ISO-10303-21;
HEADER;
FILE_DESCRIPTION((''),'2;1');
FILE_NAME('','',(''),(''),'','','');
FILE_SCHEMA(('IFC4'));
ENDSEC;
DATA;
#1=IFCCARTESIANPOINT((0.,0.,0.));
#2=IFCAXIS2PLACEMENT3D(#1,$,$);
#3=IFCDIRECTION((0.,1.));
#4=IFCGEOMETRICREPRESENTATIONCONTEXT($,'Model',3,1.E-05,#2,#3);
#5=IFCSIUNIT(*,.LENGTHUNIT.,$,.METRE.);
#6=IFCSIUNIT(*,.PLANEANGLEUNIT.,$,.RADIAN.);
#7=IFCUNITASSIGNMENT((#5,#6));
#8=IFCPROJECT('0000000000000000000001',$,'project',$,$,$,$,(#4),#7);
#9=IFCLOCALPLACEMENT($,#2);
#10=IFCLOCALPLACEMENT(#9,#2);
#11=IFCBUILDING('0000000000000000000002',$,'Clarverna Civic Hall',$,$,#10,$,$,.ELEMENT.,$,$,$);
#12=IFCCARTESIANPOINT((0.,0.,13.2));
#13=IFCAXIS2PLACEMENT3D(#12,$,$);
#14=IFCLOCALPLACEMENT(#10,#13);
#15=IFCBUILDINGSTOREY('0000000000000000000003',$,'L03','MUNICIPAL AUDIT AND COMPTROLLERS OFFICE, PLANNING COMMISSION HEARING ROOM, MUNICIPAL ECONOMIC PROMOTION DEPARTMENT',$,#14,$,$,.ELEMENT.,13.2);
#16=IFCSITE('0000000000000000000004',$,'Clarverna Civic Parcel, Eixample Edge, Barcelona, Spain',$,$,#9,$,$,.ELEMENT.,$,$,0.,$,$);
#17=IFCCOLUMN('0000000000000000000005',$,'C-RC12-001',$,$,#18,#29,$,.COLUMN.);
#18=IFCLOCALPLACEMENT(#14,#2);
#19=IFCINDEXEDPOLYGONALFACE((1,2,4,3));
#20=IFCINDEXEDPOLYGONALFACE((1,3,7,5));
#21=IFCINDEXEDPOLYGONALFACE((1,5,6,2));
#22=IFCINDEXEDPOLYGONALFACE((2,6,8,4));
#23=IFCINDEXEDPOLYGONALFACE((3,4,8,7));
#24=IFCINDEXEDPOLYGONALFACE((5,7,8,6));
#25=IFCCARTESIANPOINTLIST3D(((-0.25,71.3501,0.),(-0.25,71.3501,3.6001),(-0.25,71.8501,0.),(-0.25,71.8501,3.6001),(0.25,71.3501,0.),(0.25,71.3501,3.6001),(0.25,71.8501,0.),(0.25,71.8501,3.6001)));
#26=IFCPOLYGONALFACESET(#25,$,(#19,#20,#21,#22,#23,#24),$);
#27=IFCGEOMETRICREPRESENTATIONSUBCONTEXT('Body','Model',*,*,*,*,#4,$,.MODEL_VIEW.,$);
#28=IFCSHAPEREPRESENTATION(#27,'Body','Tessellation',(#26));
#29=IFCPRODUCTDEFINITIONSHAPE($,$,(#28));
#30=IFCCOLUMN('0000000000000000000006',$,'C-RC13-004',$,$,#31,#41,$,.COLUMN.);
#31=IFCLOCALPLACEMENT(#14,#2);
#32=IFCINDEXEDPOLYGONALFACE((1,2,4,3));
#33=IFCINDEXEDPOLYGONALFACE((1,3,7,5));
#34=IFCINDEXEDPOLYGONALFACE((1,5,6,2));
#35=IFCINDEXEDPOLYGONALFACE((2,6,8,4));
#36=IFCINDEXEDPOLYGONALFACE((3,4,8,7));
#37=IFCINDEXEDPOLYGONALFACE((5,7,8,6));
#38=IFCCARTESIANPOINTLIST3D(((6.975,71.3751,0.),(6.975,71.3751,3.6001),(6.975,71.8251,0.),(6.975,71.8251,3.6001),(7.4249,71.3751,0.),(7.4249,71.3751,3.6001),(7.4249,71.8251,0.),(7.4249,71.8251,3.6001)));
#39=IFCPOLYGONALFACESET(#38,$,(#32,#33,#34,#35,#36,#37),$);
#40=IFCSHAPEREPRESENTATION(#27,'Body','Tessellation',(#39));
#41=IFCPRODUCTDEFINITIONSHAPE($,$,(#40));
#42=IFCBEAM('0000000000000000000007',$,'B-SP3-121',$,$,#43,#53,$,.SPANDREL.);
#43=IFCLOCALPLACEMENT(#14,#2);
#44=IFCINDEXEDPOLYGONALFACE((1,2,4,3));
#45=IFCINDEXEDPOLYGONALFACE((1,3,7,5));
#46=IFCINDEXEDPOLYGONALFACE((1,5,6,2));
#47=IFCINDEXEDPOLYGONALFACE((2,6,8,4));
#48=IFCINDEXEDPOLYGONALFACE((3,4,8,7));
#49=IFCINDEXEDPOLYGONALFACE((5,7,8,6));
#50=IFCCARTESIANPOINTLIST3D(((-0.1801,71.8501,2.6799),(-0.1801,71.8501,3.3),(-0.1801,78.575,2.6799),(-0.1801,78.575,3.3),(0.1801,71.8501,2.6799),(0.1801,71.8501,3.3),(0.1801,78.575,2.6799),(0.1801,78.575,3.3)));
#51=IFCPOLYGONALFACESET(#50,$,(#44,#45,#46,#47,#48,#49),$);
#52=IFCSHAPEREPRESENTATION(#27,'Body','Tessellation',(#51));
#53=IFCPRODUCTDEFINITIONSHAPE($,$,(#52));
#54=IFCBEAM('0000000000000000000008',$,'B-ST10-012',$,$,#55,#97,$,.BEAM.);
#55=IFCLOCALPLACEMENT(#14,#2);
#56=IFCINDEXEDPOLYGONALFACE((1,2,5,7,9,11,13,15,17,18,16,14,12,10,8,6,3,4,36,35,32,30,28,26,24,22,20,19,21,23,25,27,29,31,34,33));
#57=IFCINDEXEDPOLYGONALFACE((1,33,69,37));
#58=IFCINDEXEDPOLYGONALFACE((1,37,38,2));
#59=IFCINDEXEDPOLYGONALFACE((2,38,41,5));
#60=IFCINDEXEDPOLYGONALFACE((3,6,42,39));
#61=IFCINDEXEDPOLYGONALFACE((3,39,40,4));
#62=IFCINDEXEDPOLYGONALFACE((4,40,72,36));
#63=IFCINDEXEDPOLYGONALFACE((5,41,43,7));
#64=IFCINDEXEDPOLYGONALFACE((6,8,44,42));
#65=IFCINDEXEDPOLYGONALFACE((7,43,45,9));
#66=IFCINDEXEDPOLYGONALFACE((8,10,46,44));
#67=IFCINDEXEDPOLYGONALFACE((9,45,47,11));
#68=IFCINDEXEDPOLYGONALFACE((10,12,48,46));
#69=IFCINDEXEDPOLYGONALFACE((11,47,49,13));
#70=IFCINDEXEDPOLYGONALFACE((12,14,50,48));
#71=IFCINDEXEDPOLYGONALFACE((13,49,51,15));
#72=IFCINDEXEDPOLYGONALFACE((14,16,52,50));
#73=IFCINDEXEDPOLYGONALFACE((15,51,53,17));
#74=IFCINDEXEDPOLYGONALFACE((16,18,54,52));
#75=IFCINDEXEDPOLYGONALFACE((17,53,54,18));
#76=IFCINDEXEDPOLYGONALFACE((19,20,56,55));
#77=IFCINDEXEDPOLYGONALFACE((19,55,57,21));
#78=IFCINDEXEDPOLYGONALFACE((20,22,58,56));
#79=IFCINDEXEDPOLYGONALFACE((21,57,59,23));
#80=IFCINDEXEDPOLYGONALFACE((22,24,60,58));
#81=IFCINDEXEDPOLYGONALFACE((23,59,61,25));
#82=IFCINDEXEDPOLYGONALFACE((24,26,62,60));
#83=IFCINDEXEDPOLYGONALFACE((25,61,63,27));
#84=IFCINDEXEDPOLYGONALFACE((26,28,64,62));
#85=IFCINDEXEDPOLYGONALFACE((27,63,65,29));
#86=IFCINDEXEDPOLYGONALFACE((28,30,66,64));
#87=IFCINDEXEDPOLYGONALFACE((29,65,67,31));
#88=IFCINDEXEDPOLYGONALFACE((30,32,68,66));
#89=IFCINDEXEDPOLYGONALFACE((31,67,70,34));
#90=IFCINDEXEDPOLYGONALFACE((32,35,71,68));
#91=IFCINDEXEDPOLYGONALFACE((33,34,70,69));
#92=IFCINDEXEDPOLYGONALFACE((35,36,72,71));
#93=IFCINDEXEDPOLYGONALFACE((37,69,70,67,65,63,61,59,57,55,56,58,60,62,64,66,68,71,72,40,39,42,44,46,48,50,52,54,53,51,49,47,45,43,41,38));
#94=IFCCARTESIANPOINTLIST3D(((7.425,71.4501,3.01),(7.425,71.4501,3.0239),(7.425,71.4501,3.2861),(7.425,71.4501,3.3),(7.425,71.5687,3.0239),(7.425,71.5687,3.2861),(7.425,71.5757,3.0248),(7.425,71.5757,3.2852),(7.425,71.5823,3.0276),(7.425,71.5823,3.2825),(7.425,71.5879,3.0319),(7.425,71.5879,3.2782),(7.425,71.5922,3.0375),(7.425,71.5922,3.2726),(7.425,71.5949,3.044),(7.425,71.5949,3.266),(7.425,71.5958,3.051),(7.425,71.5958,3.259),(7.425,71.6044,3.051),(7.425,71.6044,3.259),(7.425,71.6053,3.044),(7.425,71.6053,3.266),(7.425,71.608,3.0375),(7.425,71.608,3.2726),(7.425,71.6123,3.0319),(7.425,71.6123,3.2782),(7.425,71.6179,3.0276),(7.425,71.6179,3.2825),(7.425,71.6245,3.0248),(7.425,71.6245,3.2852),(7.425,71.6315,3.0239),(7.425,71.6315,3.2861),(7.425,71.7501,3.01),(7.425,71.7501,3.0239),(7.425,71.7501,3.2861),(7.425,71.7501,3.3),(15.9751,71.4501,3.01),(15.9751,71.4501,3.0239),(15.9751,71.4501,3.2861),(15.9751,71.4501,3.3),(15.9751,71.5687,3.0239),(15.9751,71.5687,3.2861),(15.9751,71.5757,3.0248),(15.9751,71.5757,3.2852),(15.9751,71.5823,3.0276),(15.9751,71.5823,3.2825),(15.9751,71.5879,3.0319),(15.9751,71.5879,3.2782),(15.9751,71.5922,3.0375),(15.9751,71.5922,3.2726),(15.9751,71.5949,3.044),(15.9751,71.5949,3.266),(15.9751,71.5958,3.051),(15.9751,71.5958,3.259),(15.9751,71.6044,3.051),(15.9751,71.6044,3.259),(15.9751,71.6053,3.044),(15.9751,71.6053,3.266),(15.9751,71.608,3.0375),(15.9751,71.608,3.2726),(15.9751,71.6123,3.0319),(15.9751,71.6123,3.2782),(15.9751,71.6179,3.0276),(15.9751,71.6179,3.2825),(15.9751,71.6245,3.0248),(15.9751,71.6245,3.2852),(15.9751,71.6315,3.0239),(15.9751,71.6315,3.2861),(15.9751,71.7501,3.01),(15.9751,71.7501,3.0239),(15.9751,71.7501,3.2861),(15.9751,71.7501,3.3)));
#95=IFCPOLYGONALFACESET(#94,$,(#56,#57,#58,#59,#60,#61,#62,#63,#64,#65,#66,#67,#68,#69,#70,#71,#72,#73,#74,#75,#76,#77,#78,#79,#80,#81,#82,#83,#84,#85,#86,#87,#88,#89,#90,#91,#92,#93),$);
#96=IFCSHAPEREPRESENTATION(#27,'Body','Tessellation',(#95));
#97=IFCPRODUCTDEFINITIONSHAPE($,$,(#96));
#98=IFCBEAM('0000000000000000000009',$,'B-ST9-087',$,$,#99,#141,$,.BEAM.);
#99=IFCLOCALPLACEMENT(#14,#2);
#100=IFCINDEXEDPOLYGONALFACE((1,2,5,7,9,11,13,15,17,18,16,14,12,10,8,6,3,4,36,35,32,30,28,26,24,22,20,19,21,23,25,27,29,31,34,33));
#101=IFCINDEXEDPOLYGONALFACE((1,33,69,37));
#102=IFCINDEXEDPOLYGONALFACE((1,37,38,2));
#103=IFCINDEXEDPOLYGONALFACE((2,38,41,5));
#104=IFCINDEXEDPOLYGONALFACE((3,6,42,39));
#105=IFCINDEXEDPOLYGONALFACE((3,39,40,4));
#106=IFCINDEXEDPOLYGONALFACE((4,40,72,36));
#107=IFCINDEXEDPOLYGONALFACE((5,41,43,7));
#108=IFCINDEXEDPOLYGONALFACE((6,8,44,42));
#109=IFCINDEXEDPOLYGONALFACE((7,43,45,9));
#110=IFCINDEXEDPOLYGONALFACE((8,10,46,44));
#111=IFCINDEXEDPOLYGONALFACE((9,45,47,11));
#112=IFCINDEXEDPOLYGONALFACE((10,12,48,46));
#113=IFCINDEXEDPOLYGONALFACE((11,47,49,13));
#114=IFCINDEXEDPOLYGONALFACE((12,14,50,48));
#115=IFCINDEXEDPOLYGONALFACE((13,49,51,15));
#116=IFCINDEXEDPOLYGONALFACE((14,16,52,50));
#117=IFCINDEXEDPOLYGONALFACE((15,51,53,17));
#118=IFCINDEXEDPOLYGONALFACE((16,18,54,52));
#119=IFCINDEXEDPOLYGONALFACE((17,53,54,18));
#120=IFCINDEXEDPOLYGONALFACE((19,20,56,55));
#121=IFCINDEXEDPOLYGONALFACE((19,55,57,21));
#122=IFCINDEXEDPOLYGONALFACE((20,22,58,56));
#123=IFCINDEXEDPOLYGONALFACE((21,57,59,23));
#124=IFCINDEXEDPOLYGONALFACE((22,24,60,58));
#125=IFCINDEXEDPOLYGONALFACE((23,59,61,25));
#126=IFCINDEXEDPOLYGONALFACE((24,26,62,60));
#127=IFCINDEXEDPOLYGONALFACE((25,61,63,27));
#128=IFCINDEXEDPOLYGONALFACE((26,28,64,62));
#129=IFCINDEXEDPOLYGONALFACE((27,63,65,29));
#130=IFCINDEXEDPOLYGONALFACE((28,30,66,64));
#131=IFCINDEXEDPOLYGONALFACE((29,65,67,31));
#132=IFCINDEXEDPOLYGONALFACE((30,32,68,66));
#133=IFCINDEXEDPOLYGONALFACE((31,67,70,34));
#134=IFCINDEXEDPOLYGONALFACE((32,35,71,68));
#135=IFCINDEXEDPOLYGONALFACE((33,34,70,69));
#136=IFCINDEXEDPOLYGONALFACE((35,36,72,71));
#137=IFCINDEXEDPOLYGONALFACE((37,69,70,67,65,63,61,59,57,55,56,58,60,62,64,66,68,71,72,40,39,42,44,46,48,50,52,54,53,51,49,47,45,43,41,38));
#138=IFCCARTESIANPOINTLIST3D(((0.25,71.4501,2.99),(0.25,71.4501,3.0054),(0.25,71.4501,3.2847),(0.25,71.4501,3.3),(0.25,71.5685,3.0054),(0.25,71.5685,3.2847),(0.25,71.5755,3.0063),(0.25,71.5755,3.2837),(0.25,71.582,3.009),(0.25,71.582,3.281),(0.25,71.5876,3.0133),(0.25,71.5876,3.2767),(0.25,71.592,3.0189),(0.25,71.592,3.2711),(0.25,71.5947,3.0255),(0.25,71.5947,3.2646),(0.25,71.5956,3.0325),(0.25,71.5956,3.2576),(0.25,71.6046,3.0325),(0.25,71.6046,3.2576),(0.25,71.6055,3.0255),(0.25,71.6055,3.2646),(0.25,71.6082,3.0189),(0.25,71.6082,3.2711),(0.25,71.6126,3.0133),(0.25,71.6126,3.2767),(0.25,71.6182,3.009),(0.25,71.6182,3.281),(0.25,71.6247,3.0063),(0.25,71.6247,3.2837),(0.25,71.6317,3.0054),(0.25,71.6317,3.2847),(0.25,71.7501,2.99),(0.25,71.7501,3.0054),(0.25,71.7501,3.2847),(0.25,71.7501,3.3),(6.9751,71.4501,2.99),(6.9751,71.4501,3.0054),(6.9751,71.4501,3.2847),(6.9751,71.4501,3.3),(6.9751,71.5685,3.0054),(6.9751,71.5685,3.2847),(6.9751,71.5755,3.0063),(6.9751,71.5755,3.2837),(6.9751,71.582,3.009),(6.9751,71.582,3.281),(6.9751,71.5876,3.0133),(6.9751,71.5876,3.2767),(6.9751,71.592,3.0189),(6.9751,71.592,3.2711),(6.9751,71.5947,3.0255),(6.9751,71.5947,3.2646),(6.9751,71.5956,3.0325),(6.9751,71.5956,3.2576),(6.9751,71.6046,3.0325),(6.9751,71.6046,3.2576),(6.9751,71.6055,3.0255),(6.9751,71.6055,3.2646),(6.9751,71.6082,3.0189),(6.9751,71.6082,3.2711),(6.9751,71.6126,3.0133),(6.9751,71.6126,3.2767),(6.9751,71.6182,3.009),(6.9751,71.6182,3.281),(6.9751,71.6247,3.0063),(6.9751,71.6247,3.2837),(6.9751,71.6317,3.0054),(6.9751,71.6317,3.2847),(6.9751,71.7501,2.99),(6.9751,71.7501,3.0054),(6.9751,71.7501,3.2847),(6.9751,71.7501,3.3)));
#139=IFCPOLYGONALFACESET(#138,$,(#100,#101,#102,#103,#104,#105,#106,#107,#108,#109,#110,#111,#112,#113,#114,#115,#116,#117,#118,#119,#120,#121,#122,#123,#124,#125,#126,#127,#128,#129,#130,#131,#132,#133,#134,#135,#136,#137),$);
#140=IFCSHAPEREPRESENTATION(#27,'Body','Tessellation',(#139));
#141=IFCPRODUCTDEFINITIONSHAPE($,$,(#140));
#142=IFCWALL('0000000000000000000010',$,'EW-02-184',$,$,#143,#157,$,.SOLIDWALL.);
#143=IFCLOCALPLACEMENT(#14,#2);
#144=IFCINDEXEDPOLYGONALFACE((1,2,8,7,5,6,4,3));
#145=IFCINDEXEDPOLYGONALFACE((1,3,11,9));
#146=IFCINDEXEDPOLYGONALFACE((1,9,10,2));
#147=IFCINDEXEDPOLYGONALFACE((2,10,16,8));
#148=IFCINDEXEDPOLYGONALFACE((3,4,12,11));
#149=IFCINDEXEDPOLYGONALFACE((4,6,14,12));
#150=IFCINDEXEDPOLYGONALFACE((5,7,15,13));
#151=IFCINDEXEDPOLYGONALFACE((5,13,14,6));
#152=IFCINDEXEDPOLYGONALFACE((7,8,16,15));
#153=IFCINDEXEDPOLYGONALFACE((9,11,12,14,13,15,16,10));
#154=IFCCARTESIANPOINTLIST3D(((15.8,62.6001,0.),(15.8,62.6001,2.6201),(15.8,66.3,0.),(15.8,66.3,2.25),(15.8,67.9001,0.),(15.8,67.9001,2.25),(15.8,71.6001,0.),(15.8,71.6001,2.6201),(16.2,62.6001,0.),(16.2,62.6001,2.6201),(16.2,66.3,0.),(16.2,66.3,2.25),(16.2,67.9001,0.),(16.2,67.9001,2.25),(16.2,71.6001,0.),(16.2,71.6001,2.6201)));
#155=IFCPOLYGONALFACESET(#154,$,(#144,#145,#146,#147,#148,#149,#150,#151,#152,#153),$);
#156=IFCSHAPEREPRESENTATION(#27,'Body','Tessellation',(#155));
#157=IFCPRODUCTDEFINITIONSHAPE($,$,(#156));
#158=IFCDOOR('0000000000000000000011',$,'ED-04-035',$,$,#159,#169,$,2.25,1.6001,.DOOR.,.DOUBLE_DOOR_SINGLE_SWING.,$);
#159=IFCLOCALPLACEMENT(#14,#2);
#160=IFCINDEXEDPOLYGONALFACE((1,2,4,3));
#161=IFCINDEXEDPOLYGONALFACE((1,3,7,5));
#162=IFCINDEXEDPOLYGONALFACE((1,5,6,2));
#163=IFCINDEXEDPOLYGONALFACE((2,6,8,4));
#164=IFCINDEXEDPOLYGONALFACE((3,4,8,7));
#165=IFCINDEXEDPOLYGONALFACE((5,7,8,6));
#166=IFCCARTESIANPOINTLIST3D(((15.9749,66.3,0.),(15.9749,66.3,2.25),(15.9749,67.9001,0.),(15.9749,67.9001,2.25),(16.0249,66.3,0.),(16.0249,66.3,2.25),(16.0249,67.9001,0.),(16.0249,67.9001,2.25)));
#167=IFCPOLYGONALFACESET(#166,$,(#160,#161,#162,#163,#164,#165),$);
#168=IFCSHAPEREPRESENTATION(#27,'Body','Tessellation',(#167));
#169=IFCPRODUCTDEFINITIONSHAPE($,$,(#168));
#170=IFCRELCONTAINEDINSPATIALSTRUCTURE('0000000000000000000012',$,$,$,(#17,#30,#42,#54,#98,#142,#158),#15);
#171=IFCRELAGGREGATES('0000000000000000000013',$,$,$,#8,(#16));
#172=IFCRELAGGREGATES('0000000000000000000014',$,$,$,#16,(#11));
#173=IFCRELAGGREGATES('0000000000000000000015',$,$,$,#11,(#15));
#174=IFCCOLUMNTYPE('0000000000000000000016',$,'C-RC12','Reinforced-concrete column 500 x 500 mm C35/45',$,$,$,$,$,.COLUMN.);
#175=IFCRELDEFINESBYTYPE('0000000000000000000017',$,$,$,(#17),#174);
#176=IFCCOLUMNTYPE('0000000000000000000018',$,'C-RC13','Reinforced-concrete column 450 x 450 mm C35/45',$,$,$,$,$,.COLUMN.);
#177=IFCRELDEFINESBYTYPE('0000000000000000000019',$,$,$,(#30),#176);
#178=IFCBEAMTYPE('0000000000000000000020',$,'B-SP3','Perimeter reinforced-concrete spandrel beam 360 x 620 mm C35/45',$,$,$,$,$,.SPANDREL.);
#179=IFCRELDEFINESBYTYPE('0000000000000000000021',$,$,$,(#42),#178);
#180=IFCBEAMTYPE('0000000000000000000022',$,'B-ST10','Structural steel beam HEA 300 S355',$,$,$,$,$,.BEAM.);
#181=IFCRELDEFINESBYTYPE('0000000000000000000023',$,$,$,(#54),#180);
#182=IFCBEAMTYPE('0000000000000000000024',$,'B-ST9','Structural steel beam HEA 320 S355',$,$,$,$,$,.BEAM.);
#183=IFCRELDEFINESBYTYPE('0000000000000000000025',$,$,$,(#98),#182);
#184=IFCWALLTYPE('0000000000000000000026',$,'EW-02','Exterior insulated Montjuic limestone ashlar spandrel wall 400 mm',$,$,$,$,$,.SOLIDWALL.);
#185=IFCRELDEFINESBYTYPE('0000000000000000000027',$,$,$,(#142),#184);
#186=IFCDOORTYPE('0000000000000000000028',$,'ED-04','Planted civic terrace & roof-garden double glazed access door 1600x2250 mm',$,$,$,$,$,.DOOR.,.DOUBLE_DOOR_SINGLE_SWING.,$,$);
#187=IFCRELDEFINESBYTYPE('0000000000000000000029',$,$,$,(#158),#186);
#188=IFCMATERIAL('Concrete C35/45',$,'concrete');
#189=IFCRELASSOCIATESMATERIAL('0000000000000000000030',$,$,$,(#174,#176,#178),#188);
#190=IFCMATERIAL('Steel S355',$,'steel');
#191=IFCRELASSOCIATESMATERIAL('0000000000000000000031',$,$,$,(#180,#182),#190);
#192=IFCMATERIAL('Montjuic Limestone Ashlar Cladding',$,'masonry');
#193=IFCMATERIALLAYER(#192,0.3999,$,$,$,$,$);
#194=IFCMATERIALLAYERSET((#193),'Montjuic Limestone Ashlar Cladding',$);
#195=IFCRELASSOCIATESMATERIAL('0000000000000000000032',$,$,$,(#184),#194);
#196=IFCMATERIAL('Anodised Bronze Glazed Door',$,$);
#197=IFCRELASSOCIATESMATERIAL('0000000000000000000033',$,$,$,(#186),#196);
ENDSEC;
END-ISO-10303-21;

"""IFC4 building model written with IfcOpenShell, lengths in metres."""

from ifc_helpers import new_model, si_unit, direction, frame, frame_2d, origin, origin_2d, place, context, subcontext, project, spatial, rectangle, i_section, extrude, material, layer, layer_set, material_profile, profile_set, type_object, element, fill, save


model = new_model("IFC4")

# Units and contexts
model_context = context("Model", 3, precision=1e-05, world=origin(), true_north=direction((0.0, 1.0)))
body_context = subcontext(model_context, "Body", "Model", "MODEL_VIEW")
ifc_project = project(units=[si_unit("LENGTHUNIT", "METRE"), si_unit("PLANEANGLEUNIT", "RADIAN")], contexts=[model_context])

# Site, building, storey
site_placement = place(None, origin())
site = spatial("IfcSite", under=ifc_project, at=site_placement, Name="Clarverna Civic Parcel, Eixample Edge, Barcelona, Spain", CompositionType="ELEMENT", RefElevation=0.0)
building_placement = place(site_placement, origin())
building = spatial("IfcBuilding", under=site, at=building_placement, Name="Clarverna Civic Hall", CompositionType="ELEMENT")
storey_placement = place(building_placement, frame((0.0, 0.0, 13.2)))
storey = spatial("IfcBuildingStorey", under=building, at=storey_placement, Name="L03", Description="MUNICIPAL AUDIT AND COMPTROLLERS OFFICE, PLANNING COMMISSION HEARING ROOM, MUNICIPAL ECONOMIC PROMOTION DEPARTMENT", CompositionType="ELEMENT", Elevation=13.2)

# Columns
ifc_material_1 = material(Name="Concrete C35/45", Category="concrete")
ifc_material_profile_1 = material_profile(ifc_material_1, rectangle(XDim=0.5, YDim=0.5, at=origin_2d()), Name="RC 500x500")
ifc_profile_set_1 = profile_set([ifc_material_profile_1], Name="Concrete C35/45")
column_type_1 = type_object("IfcColumnType", Name="C-RC12", Description="Reinforced-concrete column 500 x 500 mm C35/45", PredefinedType="COLUMN", material=ifc_profile_set_1)
column_1_placement = place(storey_placement, frame((0.0, 71.6001, 0.0), z_axis=(0.0, 0.0, 1.0), x_axis=(1.0, 0.0, 0.0)))
element("IfcColumn", 1, at=column_1_placement, inside=storey, type_object=column_type_1, Name="C-RC12-001", PredefinedType="COLUMN", context=body_context, shape_type="SweptSolid", body=[
    extrude(rectangle(XDim=0.5, YDim=0.5, at=origin_2d()), origin(), (0.0, 0.0, 1.0), 3.6001),
])
ifc_material_profile_2 = material_profile(ifc_material_1, rectangle(XDim=0.45, YDim=0.45, at=origin_2d()), Name="RC 450x450")
ifc_profile_set_2 = profile_set([ifc_material_profile_2], Name="Concrete C35/45")
column_type_2 = type_object("IfcColumnType", Name="C-RC13", Description="Reinforced-concrete column 450 x 450 mm C35/45", PredefinedType="COLUMN", material=ifc_profile_set_2)
column_2_placement = place(storey_placement, frame((7.2, 71.6001, 0.0), z_axis=(0.0, 0.0, 1.0), x_axis=(1.0, 0.0, 0.0)))
element("IfcColumn", 2, at=column_2_placement, inside=storey, type_object=column_type_2, Name="C-RC13-004", PredefinedType="COLUMN", context=body_context, shape_type="SweptSolid", body=[
    extrude(rectangle(XDim=0.45, YDim=0.45, at=origin_2d()), origin(), (0.0, 0.0, 1.0), 3.6001),
])

# Beams
ifc_material_profile_3 = material_profile(ifc_material_1, rectangle(XDim=0.3601, YDim=0.6201, at=origin_2d()), Name="RC 360x620")
ifc_profile_set_3 = profile_set([ifc_material_profile_3], Name="Concrete C35/45")
beam_type_1 = type_object("IfcBeamType", Name="B-SP3", Description="Perimeter reinforced-concrete spandrel beam 360 x 620 mm C35/45", PredefinedType="SPANDREL", material=ifc_profile_set_3)
beam_1_placement = place(storey_placement, frame((0.0, 71.8501, 2.99), z_axis=(0.0, 1.0, 0.0), x_axis=(-1.0, 0.0, 0.0)))
element("IfcBeam", 3, at=beam_1_placement, inside=storey, type_object=beam_type_1, Name="B-SP3-121", PredefinedType="SPANDREL", context=body_context, shape_type="SweptSolid", body=[
    extrude(rectangle(XDim=0.3601, YDim=0.6201, at=origin_2d()), origin(), (0.0, 0.0, 1.0), 6.7249),
])
ifc_material_2 = material(Name="Steel S355", Category="steel")
ifc_material_profile_4 = material_profile(ifc_material_2, i_section(OverallWidth=0.3, OverallDepth=0.29, WebThickness=0.0085, FlangeThickness=0.0139, FilletRadius=0.0271, at=origin_2d()), Name="HEA 300")
ifc_profile_set_4 = profile_set([ifc_material_profile_4], Name="Steel S355")
beam_type_2 = type_object("IfcBeamType", Name="B-ST10", Description="Structural steel beam HEA 300 S355", PredefinedType="BEAM", material=ifc_profile_set_4)
beam_2_placement = place(storey_placement, frame((7.425, 71.6001, 3.155), z_axis=(1.0, 0.0, 0.0), x_axis=(0.0, 1.0, 0.0)))
element("IfcBeam", 4, at=beam_2_placement, inside=storey, type_object=beam_type_2, Name="B-ST10-012", PredefinedType="BEAM", context=body_context, shape_type="SweptSolid", body=[
    extrude(i_section(OverallWidth=0.3, OverallDepth=0.29, WebThickness=0.0085, FlangeThickness=0.0139, FilletRadius=0.0271, at=origin_2d()), origin(), (0.0, 0.0, 1.0), 8.55),
])
ifc_material_profile_5 = material_profile(ifc_material_2, i_section(OverallWidth=0.3, OverallDepth=0.3101, WebThickness=0.009, FlangeThickness=0.0154, FilletRadius=0.0271, at=origin_2d()), Name="HEA 320")
ifc_profile_set_5 = profile_set([ifc_material_profile_5], Name="Steel S355")
beam_type_3 = type_object("IfcBeamType", Name="B-ST9", Description="Structural steel beam HEA 320 S355", PredefinedType="BEAM", material=ifc_profile_set_5)
beam_3_placement = place(storey_placement, frame((0.25, 71.6001, 3.145), z_axis=(1.0, 0.0, 0.0), x_axis=(0.0, 1.0, 0.0)))
element("IfcBeam", 5, at=beam_3_placement, inside=storey, type_object=beam_type_3, Name="B-ST9-087", PredefinedType="BEAM", context=body_context, shape_type="SweptSolid", body=[
    extrude(i_section(OverallWidth=0.3, OverallDepth=0.3101, WebThickness=0.009, FlangeThickness=0.0154, FilletRadius=0.0271, at=origin_2d()), origin(), (0.0, 0.0, 1.0), 6.7251),
])

# Wall, opening, door
ifc_material_3 = material(Name="Montjuic Limestone Ashlar Cladding", Category="masonry")
ifc_layer_1 = layer(ifc_material_3, 0.3999)
ifc_layer_set_1 = layer_set([ifc_layer_1], Name="Montjuic Limestone Ashlar Cladding")
wall_type_1 = type_object("IfcWallType", Name="EW-02", Description="Exterior insulated Montjuic limestone ashlar spandrel wall 400 mm", PredefinedType="SOLIDWALL", material=ifc_layer_set_1)
wall_1_placement = place(storey_placement, frame((16.0, 71.6001, 0.0), z_axis=(0.0, 0.0, 1.0), x_axis=(0.0, -1.0, 0.0)))
wall_1 = element("IfcWall", 6, at=wall_1_placement, inside=storey, type_object=wall_type_1, Name="EW-02-184", PredefinedType="SOLIDWALL", context=body_context, shape_type="SweptSolid", body=[
    extrude(rectangle(XDim=9.0, YDim=0.3999, at=frame_2d((4.5, 0.0))), origin(), (0.0, 0.0, 1.0), 2.6201),
])
opening_1_placement = place(wall_1_placement, frame((3.7, 0.0, 0.0)))
opening_1 = element("IfcOpeningElement", 7, at=opening_1_placement, cuts=wall_1, PredefinedType="OPENING", context=body_context, shape_type="SweptSolid", body=[
    extrude(rectangle(XDim=1.6001, YDim=2.25, at=frame_2d((0.8, 1.125))), frame((0.0, 0.21, 0.0), z_axis=(0.0, -1.0, 0.0), x_axis=(1.0, 0.0, 0.0)), (0.0, 0.0, 1.0), 0.4199),
])
ifc_material_4 = material(Name="Anodised Bronze Glazed Door")
door_type_1 = type_object("IfcDoorType", Name="ED-04", Description="Planted civic terrace & roof-garden double glazed access door 1600x2250 mm", OperationType="DOUBLE_DOOR_SINGLE_SWING", PredefinedType="DOOR", material=ifc_material_4)
door_1_placement = place(opening_1_placement, origin())
door_1 = element("IfcDoor", 8, at=door_1_placement, inside=storey, type_object=door_type_1, Name="ED-04-035", OperationType="DOUBLE_DOOR_SINGLE_SWING", OverallHeight=2.25, OverallWidth=1.6001, PredefinedType="DOOR", context=body_context, shape_type="SweptSolid", body=[
    extrude(rectangle(XDim=1.6001, YDim=2.25, at=frame_2d((0.8, 1.125))), frame((0.0, 0.0249, 0.0), z_axis=(0.0, -1.0, 0.0), x_axis=(1.0, 0.0, 0.0)), (0.0, 0.0, 1.0), 0.05),
])
fill(opening_1, door_1)

save(model, "model.ifc")
